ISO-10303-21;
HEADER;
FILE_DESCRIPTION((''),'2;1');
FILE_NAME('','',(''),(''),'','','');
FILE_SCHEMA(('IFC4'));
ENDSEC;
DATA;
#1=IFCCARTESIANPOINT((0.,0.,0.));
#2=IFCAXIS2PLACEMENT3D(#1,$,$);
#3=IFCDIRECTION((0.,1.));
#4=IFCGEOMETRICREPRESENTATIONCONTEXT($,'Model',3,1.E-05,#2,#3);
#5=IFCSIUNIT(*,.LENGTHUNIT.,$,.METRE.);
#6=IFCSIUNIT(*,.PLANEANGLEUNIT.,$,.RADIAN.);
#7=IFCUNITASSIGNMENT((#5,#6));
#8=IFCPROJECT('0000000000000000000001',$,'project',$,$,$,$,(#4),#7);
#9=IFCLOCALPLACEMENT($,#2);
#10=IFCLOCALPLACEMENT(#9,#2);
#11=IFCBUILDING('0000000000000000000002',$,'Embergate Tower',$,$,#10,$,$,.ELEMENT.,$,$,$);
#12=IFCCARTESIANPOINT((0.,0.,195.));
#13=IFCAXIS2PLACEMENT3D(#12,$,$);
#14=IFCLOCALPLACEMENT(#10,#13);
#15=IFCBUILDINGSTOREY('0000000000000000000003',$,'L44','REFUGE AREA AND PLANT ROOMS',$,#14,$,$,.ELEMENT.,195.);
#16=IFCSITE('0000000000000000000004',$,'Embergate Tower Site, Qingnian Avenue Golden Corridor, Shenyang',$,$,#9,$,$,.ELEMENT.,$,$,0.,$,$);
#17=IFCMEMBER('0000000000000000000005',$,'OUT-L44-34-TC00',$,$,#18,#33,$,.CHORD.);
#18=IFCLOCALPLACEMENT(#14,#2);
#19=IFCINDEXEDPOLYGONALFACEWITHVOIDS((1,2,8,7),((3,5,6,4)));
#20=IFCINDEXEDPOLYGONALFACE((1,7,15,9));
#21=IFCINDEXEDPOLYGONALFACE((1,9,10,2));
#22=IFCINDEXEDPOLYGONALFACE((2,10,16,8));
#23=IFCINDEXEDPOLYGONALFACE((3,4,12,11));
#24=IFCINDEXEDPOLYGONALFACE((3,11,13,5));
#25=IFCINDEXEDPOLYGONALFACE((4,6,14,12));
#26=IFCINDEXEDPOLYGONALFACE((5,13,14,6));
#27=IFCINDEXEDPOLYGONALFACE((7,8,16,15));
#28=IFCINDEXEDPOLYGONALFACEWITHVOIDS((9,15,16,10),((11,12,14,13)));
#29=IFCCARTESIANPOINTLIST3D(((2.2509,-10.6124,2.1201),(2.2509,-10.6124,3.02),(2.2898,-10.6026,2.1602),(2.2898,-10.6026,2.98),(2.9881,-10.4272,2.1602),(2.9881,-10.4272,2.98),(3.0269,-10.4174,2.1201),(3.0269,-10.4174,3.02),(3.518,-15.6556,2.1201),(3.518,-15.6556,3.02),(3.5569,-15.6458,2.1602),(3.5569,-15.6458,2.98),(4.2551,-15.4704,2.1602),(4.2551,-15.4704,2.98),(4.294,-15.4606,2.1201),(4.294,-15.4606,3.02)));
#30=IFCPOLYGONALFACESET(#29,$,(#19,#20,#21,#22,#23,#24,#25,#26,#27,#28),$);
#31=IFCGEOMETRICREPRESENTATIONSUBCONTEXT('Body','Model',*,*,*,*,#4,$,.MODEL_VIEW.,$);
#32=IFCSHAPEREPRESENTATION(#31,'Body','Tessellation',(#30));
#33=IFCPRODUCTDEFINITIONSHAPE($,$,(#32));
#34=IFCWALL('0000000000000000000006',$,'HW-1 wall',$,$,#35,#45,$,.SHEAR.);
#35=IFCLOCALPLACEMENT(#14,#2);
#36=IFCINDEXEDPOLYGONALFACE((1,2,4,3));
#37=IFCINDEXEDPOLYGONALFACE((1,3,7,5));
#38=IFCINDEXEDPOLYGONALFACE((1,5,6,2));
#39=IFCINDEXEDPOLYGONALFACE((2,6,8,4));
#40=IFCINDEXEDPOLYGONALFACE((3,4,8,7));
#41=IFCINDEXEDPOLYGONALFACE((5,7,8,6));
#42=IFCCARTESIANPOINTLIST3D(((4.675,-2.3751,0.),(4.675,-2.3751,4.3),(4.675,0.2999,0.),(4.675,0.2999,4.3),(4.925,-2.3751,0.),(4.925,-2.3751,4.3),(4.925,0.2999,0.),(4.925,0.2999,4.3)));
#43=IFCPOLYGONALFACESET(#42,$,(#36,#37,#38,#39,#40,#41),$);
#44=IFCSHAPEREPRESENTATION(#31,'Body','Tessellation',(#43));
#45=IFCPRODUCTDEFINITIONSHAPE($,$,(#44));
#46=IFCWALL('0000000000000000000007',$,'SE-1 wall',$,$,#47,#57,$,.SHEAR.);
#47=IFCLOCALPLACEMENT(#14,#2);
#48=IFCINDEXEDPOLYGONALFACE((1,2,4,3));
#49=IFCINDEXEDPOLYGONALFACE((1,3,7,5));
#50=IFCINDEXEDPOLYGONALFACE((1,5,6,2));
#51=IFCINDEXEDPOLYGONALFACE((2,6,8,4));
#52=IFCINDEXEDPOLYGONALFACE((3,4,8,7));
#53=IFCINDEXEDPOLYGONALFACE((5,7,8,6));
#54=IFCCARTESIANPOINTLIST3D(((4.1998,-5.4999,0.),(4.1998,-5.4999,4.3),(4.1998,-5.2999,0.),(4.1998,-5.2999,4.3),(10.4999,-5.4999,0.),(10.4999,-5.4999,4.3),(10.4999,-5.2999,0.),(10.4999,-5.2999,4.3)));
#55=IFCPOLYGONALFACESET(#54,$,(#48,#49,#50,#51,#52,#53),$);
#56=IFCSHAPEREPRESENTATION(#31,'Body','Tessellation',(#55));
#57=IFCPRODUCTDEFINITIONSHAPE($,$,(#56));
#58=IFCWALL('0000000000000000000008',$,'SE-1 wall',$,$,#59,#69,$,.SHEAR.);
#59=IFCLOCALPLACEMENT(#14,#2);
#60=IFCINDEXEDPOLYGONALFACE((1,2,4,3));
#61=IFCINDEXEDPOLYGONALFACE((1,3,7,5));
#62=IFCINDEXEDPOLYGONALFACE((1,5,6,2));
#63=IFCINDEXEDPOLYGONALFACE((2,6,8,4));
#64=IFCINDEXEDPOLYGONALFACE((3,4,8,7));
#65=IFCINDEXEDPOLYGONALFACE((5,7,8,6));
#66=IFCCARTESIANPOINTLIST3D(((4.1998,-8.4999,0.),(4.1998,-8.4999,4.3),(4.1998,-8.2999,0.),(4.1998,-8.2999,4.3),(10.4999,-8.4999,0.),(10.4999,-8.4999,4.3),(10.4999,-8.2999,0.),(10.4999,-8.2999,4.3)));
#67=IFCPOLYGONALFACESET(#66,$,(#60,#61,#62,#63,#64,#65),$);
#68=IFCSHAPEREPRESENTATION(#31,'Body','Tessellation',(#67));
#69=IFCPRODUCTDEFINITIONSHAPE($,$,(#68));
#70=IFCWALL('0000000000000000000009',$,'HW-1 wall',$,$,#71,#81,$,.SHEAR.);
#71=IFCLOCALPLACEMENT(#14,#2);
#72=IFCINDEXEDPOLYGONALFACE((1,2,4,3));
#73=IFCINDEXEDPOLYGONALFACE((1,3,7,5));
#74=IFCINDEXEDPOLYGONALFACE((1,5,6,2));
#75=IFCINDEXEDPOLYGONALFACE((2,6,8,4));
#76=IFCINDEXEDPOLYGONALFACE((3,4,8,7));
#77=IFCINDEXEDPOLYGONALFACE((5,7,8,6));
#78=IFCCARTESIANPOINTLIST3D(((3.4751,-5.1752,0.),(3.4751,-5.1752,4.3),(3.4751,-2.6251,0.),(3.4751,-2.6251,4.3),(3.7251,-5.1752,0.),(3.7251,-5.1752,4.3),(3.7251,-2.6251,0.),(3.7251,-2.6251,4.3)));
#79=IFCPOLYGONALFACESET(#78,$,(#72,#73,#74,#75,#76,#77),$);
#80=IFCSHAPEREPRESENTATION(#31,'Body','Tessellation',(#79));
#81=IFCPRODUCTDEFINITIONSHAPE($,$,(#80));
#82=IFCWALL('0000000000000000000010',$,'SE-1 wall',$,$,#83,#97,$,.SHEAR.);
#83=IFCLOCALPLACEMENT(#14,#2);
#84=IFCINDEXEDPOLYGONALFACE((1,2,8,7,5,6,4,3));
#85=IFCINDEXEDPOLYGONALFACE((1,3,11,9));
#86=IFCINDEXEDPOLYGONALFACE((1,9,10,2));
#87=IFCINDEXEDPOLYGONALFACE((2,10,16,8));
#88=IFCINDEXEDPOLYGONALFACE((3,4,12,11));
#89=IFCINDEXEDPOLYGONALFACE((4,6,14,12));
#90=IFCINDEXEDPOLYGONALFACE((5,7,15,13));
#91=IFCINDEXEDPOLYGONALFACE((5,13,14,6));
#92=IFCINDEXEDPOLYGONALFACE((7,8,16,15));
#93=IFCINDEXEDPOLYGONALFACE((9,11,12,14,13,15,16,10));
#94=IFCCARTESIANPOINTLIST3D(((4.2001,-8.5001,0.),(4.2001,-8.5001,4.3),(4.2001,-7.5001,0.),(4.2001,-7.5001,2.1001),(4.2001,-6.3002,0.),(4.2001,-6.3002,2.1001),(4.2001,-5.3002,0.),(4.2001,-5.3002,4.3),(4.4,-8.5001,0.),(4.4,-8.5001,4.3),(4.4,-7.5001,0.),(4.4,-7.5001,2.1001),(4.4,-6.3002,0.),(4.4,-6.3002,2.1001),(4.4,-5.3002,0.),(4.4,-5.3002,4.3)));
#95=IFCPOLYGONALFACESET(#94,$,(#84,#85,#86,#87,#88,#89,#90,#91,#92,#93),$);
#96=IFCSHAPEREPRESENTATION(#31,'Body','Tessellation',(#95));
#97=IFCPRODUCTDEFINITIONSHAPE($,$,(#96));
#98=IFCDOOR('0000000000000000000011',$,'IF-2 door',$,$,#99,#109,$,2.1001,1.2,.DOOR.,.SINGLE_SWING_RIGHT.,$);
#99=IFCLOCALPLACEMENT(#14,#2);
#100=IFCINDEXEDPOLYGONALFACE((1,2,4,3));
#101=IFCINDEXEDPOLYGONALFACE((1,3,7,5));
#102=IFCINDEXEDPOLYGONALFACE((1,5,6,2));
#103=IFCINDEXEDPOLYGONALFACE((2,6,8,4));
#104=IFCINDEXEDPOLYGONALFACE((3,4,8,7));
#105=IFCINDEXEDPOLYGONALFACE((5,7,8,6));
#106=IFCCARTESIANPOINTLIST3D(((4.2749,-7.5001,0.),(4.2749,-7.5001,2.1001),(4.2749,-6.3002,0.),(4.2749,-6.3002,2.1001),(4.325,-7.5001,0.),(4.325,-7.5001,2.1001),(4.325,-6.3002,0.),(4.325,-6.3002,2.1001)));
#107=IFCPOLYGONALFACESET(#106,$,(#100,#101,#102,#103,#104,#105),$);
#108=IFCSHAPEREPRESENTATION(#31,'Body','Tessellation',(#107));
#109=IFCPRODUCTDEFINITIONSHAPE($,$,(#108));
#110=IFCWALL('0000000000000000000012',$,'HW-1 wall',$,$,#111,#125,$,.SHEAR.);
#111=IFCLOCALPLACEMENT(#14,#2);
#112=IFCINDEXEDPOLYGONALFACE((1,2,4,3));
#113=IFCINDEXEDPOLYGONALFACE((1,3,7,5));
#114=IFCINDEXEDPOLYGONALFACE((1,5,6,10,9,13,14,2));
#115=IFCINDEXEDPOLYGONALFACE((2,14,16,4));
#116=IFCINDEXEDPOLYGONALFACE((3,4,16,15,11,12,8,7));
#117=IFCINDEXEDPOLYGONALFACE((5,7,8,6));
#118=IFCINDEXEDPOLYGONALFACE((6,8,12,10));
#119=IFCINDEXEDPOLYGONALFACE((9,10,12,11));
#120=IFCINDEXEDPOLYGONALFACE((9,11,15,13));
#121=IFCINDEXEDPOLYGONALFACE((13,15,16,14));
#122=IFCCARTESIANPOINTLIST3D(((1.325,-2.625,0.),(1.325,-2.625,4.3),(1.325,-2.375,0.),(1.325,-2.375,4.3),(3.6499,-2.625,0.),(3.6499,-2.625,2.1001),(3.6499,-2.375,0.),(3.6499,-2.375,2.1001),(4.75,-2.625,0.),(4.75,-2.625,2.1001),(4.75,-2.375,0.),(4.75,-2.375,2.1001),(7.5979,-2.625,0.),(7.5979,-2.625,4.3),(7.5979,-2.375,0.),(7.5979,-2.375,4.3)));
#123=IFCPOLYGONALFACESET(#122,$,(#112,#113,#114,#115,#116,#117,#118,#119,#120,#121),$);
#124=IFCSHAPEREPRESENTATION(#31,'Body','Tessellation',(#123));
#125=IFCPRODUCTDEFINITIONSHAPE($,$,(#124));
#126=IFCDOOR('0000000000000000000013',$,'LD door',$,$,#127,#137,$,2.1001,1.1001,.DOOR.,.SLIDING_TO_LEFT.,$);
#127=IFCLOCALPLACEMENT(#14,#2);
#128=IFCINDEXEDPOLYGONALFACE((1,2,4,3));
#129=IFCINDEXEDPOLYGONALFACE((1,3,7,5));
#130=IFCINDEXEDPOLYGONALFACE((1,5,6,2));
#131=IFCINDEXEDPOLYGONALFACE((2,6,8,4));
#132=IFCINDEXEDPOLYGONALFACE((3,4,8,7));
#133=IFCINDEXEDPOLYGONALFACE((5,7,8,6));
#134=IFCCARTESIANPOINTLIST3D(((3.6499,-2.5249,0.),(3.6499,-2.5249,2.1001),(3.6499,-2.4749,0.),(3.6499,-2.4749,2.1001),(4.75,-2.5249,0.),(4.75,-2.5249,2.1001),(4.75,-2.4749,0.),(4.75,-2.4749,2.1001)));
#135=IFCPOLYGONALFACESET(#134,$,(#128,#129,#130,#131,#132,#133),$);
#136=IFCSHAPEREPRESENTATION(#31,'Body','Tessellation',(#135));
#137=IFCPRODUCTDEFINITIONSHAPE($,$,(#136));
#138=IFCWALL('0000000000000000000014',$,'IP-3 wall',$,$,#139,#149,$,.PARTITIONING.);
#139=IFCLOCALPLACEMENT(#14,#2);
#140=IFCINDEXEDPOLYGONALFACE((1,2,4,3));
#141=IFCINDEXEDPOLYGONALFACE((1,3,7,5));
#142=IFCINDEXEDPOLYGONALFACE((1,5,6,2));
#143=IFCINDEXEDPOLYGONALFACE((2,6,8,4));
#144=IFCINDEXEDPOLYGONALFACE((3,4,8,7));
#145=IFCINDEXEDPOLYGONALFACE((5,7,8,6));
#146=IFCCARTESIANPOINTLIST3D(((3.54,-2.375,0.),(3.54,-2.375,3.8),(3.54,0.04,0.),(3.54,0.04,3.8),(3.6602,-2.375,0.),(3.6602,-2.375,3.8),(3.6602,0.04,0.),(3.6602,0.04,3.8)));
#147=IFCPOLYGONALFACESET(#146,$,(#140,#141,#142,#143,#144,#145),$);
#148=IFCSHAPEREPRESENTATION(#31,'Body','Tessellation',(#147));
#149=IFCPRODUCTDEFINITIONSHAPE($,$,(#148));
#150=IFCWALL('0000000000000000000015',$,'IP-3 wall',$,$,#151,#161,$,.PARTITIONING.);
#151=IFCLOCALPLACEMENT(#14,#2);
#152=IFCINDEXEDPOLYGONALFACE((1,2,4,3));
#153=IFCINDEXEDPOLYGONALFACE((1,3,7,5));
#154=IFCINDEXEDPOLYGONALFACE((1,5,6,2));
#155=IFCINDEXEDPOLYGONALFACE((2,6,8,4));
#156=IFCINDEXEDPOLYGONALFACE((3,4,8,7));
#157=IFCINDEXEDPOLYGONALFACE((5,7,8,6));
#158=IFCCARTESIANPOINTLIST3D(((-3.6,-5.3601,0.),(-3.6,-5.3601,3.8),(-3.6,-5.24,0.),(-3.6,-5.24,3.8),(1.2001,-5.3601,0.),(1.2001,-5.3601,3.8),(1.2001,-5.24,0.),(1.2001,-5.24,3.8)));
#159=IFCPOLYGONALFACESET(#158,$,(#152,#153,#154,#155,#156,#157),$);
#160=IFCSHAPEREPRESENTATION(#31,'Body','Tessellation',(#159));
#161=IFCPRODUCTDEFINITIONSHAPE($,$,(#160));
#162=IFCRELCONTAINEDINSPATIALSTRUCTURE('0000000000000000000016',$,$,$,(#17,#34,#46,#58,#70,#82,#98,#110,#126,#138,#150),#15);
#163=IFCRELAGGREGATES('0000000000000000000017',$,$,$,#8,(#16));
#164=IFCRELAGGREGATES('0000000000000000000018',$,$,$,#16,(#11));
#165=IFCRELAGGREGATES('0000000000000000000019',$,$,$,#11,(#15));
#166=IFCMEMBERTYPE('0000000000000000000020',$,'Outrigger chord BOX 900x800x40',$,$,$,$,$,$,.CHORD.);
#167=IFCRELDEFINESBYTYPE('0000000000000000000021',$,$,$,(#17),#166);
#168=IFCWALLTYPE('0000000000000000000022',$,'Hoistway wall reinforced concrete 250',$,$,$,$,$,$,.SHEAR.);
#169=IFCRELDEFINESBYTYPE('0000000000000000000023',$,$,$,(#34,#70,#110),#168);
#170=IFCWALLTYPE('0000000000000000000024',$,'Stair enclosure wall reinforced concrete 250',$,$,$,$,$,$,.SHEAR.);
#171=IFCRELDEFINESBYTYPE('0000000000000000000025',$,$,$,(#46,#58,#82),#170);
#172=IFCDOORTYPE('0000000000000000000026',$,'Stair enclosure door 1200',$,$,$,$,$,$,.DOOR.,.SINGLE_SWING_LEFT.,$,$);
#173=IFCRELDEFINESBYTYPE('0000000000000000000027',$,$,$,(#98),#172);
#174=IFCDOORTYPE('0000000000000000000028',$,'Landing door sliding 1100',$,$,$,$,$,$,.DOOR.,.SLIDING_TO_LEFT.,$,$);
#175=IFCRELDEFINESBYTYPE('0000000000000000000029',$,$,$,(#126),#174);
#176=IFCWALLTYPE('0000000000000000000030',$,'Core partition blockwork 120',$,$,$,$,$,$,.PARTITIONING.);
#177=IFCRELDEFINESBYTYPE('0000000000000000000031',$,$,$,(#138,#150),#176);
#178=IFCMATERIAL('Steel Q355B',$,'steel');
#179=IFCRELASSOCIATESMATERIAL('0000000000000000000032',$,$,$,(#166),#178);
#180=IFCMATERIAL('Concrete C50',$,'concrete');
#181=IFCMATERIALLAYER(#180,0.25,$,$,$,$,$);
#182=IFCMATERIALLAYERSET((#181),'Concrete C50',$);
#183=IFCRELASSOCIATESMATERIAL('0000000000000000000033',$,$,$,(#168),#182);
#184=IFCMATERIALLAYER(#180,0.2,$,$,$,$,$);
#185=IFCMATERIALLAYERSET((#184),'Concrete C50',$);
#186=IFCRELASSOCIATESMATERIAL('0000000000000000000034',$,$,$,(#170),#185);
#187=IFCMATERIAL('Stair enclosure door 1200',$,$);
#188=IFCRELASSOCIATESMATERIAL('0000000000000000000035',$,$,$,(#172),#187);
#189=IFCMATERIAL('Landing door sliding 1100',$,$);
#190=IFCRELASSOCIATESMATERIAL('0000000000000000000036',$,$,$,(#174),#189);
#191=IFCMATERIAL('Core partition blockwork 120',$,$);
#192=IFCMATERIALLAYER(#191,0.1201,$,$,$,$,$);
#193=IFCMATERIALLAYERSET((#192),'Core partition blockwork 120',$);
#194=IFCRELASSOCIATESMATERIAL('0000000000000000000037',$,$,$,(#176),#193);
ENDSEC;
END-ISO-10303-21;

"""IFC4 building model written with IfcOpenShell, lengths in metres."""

from ifc_helpers import new_model, si_unit, direction, frame, frame_2d, origin, origin_2d, place, context, subcontext, project, spatial, rectangle, hollow_rectangle, extrude, source, transform, mapped, material, layer, layer_set, material_profile, profile_set, type_object, element, fill, save


model = new_model("IFC4")

# Units and contexts
model_context = context("Model", 3, precision=1e-05, world=origin(), true_north=direction((0.0, 1.0)))
body_context = subcontext(model_context, "Body", "Model", "MODEL_VIEW")
ifc_project = project(units=[si_unit("LENGTHUNIT", "METRE"), si_unit("PLANEANGLEUNIT", "RADIAN")], contexts=[model_context])

# Site, building, storey
site_placement = place(None, origin())
site = spatial("IfcSite", under=ifc_project, at=site_placement, Name="Embergate Tower Site, Qingnian Avenue Golden Corridor, Shenyang", CompositionType="ELEMENT", RefElevation=0.0)
building_placement = place(site_placement, origin())
building = spatial("IfcBuilding", under=site, at=building_placement, Name="Embergate Tower", CompositionType="ELEMENT")
storey_placement = place(building_placement, frame((0.0, 0.0, 195.0)))
storey = spatial("IfcBuildingStorey", under=building, at=storey_placement, Name="L44", Description="REFUGE AREA AND PLANT ROOMS", CompositionType="ELEMENT", Elevation=195.0)

# Member
ifc_material_1 = material(Name="Steel Q355B", Category="steel")
ifc_material_profile = material_profile(ifc_material_1, hollow_rectangle(XDim=0.8, YDim=0.8999, WallThickness=0.04, at=origin_2d()), Name="BOX 900x800x40")
ifc_profile_set = profile_set([ifc_material_profile], Name="Steel Q355 grade B")
member_type = type_object("IfcMemberType", Name="Outrigger chord BOX 900x800x40", PredefinedType="CHORD", material=ifc_profile_set)
shared_shape_1 = source(origin(), body_context, "Body", "SweptSolid", [
    extrude(hollow_rectangle(XDim=0.8, YDim=0.8999, WallThickness=0.04, at=origin_2d()), origin(), (0.0, 0.0, 1.0), 5.2),
])
member_placement = place(storey_placement, frame((2.6389, -10.5149, 2.5701), z_axis=(0.243673, -0.969857, 0.0), x_axis=(0.969857, 0.243673, 0.0)))
element("IfcMember", 1, at=member_placement, inside=storey, type_object=member_type, Name="OUT-L44-34-TC00", PredefinedType="CHORD", context=body_context, shape_type="MappedRepresentation", body=[
    mapped(shared_shape_1, transform((0.0, 0.0, 0.0))),
])

# Walls
ifc_material_2 = material(Name="Concrete C50", Category="concrete")
ifc_layer_1 = layer(ifc_material_2, 0.25)
ifc_layer_set_1 = layer_set([ifc_layer_1], Name="Concrete C50")
wall_type_1 = type_object("IfcWallType", Name="Hoistway wall reinforced concrete 250", PredefinedType="SHEAR", material=ifc_layer_set_1)
shared_shape_2 = source(origin(), body_context, "Body", "SweptSolid", [
    extrude(rectangle(XDim=2.675, YDim=0.25, at=frame_2d((1.3374, 0.0))), origin(), (0.0, 0.0, 1.0), 4.3),
])
wall_1_placement = place(storey_placement, frame((4.8, -2.375, 0.0), z_axis=(0.0, 0.0, 1.0), x_axis=(0.0, 1.0, 0.0)))
element("IfcWall", 2, at=wall_1_placement, inside=storey, type_object=wall_type_1, Name="HW-1 wall", PredefinedType="SHEAR", context=body_context, shape_type="MappedRepresentation", body=[
    mapped(shared_shape_2, transform((0.0, 0.0, 0.0))),
])
ifc_layer_2 = layer(ifc_material_2, 0.2)
ifc_layer_set_2 = layer_set([ifc_layer_2], Name="Concrete C50")
wall_type_2 = type_object("IfcWallType", Name="Stair enclosure wall reinforced concrete 250", PredefinedType="SHEAR", material=ifc_layer_set_2)
shared_shape_3 = source(origin(), body_context, "Body", "SweptSolid", [
    extrude(rectangle(XDim=6.3, YDim=0.2, at=frame_2d((3.1499, 0.0))), origin(), (0.0, 0.0, 1.0), 4.3),
])
for number, where, z_axis, x_axis, name in (
    (3, (4.2, -5.3999, 0.0), (0.0, 0.0, 1.0), (1.0, 0.0, 0.0), "SE-1 wall"),
    (4, (4.2, -8.3999, 0.0), (0.0, 0.0, 1.0), (1.0, 0.0, 0.0), "SE-1 wall"),
):
    element("IfcWall", number, at=place(storey_placement, frame(where, z_axis=z_axis, x_axis=x_axis)), inside=storey, type_object=wall_type_2, Name=name, PredefinedType="SHEAR", context=body_context, shape_type="MappedRepresentation", body=[
        mapped(shared_shape_3, transform((0.0, 0.0, 0.0))),
    ])
shared_shape_4 = source(origin(), body_context, "Body", "SweptSolid", [
    extrude(rectangle(XDim=2.55, YDim=0.25, at=frame_2d((1.2749, 0.0))), origin(), (0.0, 0.0, 1.0), 4.3),
])
wall_2_placement = place(storey_placement, frame((3.6001, -5.175, 0.0), z_axis=(0.0, 0.0, 1.0), x_axis=(0.0, 1.0, 0.0)))
element("IfcWall", 5, at=wall_2_placement, inside=storey, type_object=wall_type_1, Name="HW-1 wall", PredefinedType="SHEAR", context=body_context, shape_type="MappedRepresentation", body=[
    mapped(shared_shape_4, transform((0.0, 0.0, 0.0))),
])

# Walls, openings, doors
shared_shape_5 = source(origin(), body_context, "Body", "SweptSolid", [
    extrude(rectangle(XDim=3.2, YDim=0.2, at=frame_2d((1.6001, 0.0))), origin(), (0.0, 0.0, 1.0), 4.3),
])
wall_3_placement = place(storey_placement, frame((4.3, -5.3, 0.0), z_axis=(0.0, 0.0, 1.0), x_axis=(0.0, -1.0, 0.0)))
wall_3 = element("IfcWall", 6, at=wall_3_placement, inside=storey, type_object=wall_type_2, Name="SE-1 wall", PredefinedType="SHEAR", context=body_context, shape_type="MappedRepresentation", body=[
    mapped(shared_shape_5, transform((0.0, 0.0, 0.0))),
])
shared_shape_6 = source(origin(), body_context, "Body", "SweptSolid", [
    extrude(rectangle(XDim=1.2, YDim=2.1001, at=frame_2d((0.6001, 1.05))), frame((0.0, 0.1099, 0.0), z_axis=(0.0, -1.0, 0.0), x_axis=(1.0, 0.0, 0.0)), (0.0, 0.0, 1.0), 0.22),
])
opening_1_placement = place(wall_3_placement, frame((1.0, 0.0, 0.0)))
opening_1 = element("IfcOpeningElement", 7, at=opening_1_placement, cuts=wall_3, PredefinedType="OPENING", context=body_context, shape_type="MappedRepresentation", body=[
    mapped(shared_shape_6, transform((0.0, 0.0, 0.0))),
])
ifc_material_3 = material(Name="Stair enclosure door 1200")
door_type_1 = type_object("IfcDoorType", Name="Stair enclosure door 1200", OperationType="SINGLE_SWING_LEFT", PredefinedType="DOOR", material=ifc_material_3)
shared_shape_7 = source(origin(), body_context, "Body", "SweptSolid", [
    extrude(rectangle(XDim=1.2, YDim=2.1001, at=frame_2d((0.6001, 1.05))), frame((0.0, 0.0249, 0.0), z_axis=(0.0, -1.0, 0.0), x_axis=(1.0, 0.0, 0.0)), (0.0, 0.0, 1.0), 0.05),
])
door_1_placement = place(opening_1_placement, origin())
door_1 = element("IfcDoor", 8, at=door_1_placement, inside=storey, type_object=door_type_1, Name="IF-2 door", OperationType="SINGLE_SWING_RIGHT", OverallHeight=2.1001, OverallWidth=1.2, PredefinedType="DOOR", context=body_context, shape_type="MappedRepresentation", body=[
    mapped(shared_shape_7, transform((0.0, 0.0, 0.0))),
])
fill(opening_1, door_1)
shared_shape_8 = source(origin(), body_context, "Body", "SweptSolid", [
    extrude(rectangle(XDim=6.2729, YDim=0.25, at=frame_2d((3.1365, 0.0))), origin(), (0.0, 0.0, 1.0), 4.3),
])
wall_4_placement = place(storey_placement, frame((7.5979, -2.5, 0.0), z_axis=(0.0, 0.0, 1.0), x_axis=(-1.0, 0.0, 0.0)))
wall_4 = element("IfcWall", 9, at=wall_4_placement, inside=storey, type_object=wall_type_1, Name="HW-1 wall", PredefinedType="SHEAR", context=body_context, shape_type="MappedRepresentation", body=[
    mapped(shared_shape_8, transform((0.0, 0.0, 0.0))),
])
shared_shape_9 = source(origin(), body_context, "Body", "SweptSolid", [
    extrude(rectangle(XDim=1.1001, YDim=2.1001, at=frame_2d((0.55, 1.05))), frame((0.0, 0.135, 0.0), z_axis=(0.0, -1.0, 0.0), x_axis=(1.0, 0.0, 0.0)), (0.0, 0.0, 1.0), 0.27),
])
opening_2_placement = place(wall_4_placement, frame((2.8479, 0.0, 0.0)))
opening_2 = element("IfcOpeningElement", 10, at=opening_2_placement, cuts=wall_4, PredefinedType="OPENING", context=body_context, shape_type="MappedRepresentation", body=[
    mapped(shared_shape_9, transform((0.0, 0.0, 0.0))),
])
ifc_material_4 = material(Name="Landing door sliding 1100")
door_type_2 = type_object("IfcDoorType", Name="Landing door sliding 1100", OperationType="SLIDING_TO_LEFT", PredefinedType="DOOR", material=ifc_material_4)
shared_shape_10 = source(origin(), body_context, "Body", "SweptSolid", [
    extrude(rectangle(XDim=1.1001, YDim=2.1001, at=frame_2d((0.55, 1.05))), frame((0.0, 0.0249, 0.0), z_axis=(0.0, -1.0, 0.0), x_axis=(1.0, 0.0, 0.0)), (0.0, 0.0, 1.0), 0.05),
])
door_2_placement = place(opening_2_placement, origin())
door_2 = element("IfcDoor", 11, at=door_2_placement, inside=storey, type_object=door_type_2, Name="LD door", OperationType="SLIDING_TO_LEFT", OverallHeight=2.1001, OverallWidth=1.1001, PredefinedType="DOOR", context=body_context, shape_type="MappedRepresentation", body=[
    mapped(shared_shape_10, transform((0.0, 0.0, 0.0))),
])
fill(opening_2, door_2)

# Walls
ifc_material_5 = material(Name="Core partition blockwork 120")
ifc_layer_3 = layer(ifc_material_5, 0.1201)
ifc_layer_set_3 = layer_set([ifc_layer_3], Name="Core partition blockwork 120")
wall_type_3 = type_object("IfcWallType", Name="Core partition blockwork 120", PredefinedType="PARTITIONING", material=ifc_layer_set_3)
shared_shape_11 = source(origin(), body_context, "Body", "SweptSolid", [
    extrude(rectangle(XDim=2.415, YDim=0.1201, at=frame_2d((1.2075, 0.0))), origin(), (0.0, 0.0, 1.0), 3.8),
])
wall_5_placement = place(storey_placement, frame((3.6001, -2.375, 0.0), z_axis=(0.0, 0.0, 1.0), x_axis=(0.0, 1.0, 0.0)))
element("IfcWall", 12, at=wall_5_placement, inside=storey, type_object=wall_type_3, Name="IP-3 wall", PredefinedType="PARTITIONING", context=body_context, shape_type="MappedRepresentation", body=[
    mapped(shared_shape_11, transform((0.0, 0.0, 0.0))),
])
shared_shape_12 = source(origin(), body_context, "Body", "SweptSolid", [
    extrude(rectangle(XDim=4.8, YDim=0.1201, at=frame_2d((2.3999, 0.0))), origin(), (0.0, 0.0, 1.0), 3.8),
])
wall_6_placement = place(storey_placement, frame((1.2, -5.3, 0.0), z_axis=(0.0, 0.0, 1.0), x_axis=(-1.0, 0.0, 0.0)))
element("IfcWall", 13, at=wall_6_placement, inside=storey, type_object=wall_type_3, Name="IP-3 wall", PredefinedType="PARTITIONING", context=body_context, shape_type="MappedRepresentation", body=[
    mapped(shared_shape_12, transform((0.0, 0.0, 0.0))),
])

save(model, "model.ifc")
